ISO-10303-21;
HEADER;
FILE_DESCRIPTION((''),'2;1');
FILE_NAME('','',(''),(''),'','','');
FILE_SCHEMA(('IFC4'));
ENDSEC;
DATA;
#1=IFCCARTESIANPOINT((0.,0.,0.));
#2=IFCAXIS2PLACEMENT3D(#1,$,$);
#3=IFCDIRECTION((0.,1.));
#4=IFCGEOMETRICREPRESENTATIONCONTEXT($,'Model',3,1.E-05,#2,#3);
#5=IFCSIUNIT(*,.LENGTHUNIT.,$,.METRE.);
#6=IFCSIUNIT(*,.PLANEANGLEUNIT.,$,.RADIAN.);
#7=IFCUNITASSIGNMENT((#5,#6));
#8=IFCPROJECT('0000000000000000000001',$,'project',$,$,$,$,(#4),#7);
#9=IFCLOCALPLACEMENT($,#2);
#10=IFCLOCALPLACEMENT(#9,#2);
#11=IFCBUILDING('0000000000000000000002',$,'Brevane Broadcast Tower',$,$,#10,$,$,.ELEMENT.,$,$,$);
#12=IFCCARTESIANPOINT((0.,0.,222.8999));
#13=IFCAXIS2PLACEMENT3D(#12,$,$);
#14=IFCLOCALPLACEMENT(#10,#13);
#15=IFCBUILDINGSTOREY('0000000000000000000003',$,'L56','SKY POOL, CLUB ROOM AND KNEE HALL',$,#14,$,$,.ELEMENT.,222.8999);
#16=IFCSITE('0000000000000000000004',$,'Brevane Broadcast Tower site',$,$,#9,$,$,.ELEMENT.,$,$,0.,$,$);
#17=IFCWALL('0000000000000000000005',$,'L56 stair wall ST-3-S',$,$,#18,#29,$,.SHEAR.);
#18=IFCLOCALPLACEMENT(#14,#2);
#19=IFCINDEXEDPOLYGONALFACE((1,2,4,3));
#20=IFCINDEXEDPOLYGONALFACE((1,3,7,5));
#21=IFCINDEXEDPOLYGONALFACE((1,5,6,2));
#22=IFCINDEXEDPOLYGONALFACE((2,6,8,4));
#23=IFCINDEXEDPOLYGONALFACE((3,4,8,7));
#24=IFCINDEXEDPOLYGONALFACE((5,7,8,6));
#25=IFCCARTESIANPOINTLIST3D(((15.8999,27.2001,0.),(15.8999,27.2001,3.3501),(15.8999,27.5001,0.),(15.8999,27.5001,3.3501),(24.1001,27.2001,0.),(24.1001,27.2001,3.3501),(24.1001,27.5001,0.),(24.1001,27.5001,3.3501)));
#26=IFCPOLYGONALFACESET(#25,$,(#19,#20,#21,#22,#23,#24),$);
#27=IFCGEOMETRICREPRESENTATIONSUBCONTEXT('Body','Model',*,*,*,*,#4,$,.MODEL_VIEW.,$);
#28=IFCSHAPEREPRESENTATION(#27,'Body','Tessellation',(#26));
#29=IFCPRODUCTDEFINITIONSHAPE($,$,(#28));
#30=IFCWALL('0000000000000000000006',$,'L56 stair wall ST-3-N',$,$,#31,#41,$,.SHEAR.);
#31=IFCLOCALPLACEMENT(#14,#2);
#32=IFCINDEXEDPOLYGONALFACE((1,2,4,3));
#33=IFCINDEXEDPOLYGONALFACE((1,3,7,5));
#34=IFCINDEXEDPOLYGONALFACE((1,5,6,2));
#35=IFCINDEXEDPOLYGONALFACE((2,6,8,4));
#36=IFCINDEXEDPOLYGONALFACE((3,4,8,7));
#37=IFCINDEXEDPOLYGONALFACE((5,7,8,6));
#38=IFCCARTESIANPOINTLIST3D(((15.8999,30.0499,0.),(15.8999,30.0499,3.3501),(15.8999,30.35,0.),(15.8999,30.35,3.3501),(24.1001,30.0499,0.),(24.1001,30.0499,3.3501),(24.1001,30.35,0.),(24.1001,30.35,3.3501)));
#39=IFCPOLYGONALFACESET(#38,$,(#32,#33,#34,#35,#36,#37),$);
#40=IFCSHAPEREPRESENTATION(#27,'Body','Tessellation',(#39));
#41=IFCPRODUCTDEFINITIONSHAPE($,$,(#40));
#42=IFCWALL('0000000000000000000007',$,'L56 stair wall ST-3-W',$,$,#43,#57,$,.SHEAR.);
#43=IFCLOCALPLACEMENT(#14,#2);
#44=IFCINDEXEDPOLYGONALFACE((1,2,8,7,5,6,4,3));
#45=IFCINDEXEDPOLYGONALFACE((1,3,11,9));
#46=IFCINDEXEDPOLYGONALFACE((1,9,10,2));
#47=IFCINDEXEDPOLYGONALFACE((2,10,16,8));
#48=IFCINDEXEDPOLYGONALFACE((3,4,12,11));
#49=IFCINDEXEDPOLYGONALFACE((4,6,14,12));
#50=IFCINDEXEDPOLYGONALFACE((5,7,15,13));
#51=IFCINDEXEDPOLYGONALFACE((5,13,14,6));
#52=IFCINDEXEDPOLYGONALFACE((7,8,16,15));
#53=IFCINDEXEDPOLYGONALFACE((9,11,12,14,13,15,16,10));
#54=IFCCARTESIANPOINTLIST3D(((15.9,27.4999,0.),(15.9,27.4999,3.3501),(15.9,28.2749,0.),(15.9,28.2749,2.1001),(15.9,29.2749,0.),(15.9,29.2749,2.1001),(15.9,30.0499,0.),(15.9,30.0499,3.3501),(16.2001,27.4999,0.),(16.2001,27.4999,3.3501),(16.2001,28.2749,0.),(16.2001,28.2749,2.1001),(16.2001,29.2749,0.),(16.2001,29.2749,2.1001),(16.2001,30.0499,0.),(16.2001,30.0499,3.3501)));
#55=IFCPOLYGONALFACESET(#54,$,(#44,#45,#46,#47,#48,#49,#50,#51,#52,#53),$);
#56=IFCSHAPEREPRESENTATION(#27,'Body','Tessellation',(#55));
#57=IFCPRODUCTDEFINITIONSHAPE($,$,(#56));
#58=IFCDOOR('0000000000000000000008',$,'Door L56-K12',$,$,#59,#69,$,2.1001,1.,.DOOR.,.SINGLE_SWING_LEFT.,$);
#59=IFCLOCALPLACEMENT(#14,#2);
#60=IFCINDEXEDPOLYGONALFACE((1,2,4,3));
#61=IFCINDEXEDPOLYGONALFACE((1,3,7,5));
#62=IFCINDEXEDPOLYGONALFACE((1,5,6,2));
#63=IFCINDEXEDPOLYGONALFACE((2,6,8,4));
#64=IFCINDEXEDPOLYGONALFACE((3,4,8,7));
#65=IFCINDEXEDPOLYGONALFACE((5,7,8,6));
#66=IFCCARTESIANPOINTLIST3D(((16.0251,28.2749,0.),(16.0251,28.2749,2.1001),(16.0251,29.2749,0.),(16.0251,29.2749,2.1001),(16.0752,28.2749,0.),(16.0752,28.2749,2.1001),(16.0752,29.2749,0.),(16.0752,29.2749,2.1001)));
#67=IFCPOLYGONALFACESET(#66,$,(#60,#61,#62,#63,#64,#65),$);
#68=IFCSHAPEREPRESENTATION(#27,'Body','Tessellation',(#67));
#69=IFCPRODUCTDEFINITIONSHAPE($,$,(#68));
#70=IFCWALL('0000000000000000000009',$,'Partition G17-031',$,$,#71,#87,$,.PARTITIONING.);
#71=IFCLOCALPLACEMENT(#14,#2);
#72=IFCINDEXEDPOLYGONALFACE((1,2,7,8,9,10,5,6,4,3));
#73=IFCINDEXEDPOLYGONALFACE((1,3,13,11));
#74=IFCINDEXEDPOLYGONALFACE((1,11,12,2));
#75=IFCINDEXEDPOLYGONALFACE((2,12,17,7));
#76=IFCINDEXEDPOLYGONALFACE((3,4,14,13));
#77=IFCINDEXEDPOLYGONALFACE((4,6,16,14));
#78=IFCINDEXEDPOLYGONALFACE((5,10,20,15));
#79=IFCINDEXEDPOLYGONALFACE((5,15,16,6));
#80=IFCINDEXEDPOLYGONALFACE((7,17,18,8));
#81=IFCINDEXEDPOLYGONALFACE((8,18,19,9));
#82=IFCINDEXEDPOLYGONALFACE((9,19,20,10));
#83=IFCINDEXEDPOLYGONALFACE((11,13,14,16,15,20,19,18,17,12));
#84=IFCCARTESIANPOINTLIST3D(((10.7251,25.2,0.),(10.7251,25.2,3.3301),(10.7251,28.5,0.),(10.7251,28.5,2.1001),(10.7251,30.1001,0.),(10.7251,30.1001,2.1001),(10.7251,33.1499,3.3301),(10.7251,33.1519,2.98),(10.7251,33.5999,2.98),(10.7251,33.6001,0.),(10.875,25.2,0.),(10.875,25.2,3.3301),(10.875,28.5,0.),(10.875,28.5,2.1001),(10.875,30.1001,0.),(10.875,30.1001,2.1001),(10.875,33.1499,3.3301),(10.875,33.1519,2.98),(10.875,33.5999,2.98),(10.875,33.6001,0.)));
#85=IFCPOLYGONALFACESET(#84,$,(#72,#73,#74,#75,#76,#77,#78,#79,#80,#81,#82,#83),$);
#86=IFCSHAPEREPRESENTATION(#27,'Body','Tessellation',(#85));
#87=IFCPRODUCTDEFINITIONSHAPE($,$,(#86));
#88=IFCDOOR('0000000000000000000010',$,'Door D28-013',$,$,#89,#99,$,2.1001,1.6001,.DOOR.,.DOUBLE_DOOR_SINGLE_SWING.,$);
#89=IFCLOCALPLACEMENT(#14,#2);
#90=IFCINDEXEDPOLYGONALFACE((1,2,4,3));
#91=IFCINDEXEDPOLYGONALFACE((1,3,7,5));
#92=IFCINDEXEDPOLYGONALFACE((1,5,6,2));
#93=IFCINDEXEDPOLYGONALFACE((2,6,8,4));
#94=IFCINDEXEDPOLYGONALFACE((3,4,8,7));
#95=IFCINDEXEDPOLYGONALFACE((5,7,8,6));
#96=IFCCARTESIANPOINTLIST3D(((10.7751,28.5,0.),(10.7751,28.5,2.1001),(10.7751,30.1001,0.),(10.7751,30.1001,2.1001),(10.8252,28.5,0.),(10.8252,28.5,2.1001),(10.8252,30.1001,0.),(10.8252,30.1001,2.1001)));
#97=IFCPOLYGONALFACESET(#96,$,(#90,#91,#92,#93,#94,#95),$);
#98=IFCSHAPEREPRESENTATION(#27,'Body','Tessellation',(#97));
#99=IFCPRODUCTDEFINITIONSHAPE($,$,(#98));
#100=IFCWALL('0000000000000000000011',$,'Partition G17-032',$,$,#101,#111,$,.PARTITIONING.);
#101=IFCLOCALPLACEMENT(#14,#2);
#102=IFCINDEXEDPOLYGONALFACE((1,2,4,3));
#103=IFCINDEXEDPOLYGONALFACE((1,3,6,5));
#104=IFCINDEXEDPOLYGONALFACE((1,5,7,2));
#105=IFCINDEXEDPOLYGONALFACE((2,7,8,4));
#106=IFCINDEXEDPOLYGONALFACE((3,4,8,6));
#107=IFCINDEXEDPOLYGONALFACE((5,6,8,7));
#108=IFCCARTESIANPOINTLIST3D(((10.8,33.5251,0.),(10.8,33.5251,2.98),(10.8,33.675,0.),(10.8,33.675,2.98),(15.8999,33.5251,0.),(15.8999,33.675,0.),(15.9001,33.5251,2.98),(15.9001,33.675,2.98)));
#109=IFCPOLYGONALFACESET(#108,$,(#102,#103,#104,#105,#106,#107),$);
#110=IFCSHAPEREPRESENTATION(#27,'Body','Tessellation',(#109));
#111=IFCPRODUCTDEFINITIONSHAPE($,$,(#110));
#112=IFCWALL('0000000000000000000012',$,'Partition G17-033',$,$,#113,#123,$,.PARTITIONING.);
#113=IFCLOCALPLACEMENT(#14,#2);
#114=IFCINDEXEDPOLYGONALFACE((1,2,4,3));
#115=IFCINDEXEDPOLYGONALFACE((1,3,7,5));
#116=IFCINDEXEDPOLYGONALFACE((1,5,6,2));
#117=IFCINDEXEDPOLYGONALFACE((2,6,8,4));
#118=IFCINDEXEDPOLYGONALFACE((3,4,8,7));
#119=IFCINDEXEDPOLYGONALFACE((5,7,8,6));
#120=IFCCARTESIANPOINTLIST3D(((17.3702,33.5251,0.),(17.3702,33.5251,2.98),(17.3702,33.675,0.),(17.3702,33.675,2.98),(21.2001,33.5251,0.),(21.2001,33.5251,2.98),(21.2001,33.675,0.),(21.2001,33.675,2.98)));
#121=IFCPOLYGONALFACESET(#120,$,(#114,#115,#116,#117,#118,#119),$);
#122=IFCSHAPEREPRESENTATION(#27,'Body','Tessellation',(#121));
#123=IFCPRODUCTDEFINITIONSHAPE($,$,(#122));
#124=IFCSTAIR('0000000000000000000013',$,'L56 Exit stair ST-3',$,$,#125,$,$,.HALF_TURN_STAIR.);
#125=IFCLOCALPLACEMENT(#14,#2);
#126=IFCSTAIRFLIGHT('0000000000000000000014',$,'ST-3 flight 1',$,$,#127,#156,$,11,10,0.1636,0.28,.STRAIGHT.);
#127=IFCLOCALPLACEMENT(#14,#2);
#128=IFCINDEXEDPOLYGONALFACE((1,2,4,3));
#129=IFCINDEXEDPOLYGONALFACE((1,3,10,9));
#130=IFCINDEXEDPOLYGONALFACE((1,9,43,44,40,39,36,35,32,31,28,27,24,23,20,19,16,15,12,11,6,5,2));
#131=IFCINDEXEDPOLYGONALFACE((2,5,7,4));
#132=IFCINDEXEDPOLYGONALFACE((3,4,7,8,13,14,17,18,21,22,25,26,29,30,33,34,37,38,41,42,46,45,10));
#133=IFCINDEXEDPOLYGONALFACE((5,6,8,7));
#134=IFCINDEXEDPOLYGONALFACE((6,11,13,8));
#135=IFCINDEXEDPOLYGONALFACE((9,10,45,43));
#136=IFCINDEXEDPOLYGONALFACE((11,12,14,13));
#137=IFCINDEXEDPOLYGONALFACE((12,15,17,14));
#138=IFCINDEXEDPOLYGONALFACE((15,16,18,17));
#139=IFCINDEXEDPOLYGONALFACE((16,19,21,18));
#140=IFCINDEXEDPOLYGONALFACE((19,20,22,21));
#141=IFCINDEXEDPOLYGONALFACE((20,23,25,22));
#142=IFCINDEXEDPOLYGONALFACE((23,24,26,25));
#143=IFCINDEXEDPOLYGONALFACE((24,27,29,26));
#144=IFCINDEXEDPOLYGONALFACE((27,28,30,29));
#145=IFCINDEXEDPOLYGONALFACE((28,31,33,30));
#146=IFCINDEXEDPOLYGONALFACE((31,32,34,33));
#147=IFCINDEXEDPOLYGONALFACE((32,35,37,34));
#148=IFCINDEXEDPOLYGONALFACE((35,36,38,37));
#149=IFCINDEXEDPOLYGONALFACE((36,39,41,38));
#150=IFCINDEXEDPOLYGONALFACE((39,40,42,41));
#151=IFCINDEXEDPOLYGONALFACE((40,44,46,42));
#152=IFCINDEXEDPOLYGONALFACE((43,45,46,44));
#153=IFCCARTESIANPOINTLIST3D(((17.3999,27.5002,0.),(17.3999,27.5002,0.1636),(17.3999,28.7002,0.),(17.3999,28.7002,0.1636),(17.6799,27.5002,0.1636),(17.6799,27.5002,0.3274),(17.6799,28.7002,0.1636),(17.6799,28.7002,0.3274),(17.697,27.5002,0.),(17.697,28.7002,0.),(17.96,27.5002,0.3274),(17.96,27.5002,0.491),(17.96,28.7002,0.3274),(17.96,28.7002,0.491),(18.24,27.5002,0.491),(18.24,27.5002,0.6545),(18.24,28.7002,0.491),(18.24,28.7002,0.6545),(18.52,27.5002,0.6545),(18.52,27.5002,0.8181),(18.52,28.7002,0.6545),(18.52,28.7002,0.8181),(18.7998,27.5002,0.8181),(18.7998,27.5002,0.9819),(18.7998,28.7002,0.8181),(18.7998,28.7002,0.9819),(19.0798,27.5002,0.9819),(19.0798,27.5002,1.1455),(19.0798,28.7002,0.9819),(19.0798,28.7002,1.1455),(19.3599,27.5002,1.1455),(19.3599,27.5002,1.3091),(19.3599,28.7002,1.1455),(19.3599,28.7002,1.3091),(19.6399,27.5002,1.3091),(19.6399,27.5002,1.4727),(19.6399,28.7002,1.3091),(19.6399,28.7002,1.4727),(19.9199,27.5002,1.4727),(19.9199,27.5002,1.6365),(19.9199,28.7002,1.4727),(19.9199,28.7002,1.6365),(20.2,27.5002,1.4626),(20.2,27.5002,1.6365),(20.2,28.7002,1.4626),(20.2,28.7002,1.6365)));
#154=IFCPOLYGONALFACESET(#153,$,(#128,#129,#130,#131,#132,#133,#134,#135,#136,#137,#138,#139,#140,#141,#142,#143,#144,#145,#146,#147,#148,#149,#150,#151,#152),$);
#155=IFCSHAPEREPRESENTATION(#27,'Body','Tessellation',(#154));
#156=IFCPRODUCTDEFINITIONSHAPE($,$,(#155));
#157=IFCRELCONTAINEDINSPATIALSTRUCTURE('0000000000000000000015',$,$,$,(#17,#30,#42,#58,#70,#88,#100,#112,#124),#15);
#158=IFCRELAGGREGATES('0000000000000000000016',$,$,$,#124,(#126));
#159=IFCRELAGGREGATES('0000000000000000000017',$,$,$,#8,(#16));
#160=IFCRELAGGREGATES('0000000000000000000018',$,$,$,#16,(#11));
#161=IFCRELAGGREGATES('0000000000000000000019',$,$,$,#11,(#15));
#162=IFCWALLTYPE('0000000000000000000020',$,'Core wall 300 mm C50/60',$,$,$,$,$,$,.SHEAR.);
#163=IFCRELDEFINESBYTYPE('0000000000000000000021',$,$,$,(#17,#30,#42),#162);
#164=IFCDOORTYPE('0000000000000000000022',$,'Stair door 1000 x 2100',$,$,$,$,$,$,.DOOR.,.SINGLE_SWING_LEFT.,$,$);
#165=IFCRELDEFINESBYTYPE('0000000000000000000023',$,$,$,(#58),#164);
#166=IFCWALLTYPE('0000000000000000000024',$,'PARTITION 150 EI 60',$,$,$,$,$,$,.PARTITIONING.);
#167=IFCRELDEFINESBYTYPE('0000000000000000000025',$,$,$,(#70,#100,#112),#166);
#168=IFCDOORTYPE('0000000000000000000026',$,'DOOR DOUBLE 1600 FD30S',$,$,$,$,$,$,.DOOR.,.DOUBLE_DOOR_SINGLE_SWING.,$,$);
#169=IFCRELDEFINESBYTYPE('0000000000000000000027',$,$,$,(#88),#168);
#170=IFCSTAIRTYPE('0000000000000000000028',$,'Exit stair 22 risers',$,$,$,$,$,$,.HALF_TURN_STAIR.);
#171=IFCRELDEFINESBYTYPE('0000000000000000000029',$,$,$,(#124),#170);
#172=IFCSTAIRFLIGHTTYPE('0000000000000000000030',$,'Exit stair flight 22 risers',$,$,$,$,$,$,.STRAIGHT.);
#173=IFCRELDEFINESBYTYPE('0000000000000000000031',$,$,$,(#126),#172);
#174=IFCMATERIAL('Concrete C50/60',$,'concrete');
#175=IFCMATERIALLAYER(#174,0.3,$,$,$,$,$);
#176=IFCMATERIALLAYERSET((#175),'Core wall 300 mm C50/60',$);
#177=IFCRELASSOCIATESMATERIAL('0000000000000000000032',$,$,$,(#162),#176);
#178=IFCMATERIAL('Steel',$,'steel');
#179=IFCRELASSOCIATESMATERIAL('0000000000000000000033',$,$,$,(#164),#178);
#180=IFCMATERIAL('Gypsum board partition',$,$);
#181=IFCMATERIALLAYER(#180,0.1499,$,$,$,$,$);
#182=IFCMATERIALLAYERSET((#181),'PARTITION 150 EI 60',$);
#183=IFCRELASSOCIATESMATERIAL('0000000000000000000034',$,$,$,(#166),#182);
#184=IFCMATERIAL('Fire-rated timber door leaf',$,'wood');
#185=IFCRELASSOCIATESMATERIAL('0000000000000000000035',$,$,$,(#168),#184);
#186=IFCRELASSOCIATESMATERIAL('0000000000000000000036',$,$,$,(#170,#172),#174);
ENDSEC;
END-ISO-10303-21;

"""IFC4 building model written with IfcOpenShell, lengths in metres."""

from ifc_helpers import new_model, si_unit, direction, frame, frame_2d, origin, place, context, subcontext, project, spatial, polyline, rectangle, outline, extrude, material, layer, layer_set, type_object, element, fill, aggregate, save


model = new_model("IFC4")

# Units and contexts
model_context = context("Model", 3, precision=1e-05, world=origin(), true_north=direction((0.0, 1.0)))
body_context = subcontext(model_context, "Body", "Model", "MODEL_VIEW")
ifc_project = project(units=[si_unit("LENGTHUNIT", "METRE"), si_unit("PLANEANGLEUNIT", "RADIAN")], contexts=[model_context])

# Site, building, storey
site_placement = place(None, origin())
site = spatial("IfcSite", under=ifc_project, at=site_placement, Name="Brevane Broadcast Tower site", CompositionType="ELEMENT", RefElevation=0.0)
building_placement = place(site_placement, origin())
building = spatial("IfcBuilding", under=site, at=building_placement, Name="Brevane Broadcast Tower", CompositionType="ELEMENT")
storey_placement = place(building_placement, frame((0.0, 0.0, 222.8999)))
storey = spatial("IfcBuildingStorey", under=building, at=storey_placement, Name="L56", Description="SKY POOL, CLUB ROOM AND KNEE HALL", CompositionType="ELEMENT", Elevation=222.8999)

# Shared definitions
ifc_material_1 = material(Name="Concrete C50/60", Category="concrete")

# Shared definitions
ifc_layer_1 = layer(ifc_material_1, 0.3)
ifc_layer_set_1 = layer_set([ifc_layer_1], Name="Core wall 300 mm C50/60")
wall_type_1 = type_object("IfcWallType", Name="Core wall 300 mm C50/60", PredefinedType="SHEAR", material=ifc_layer_set_1)
ifc_material_2 = material(Name="Steel", Category="steel")
door_type_1 = type_object("IfcDoorType", Name="Stair door 1000 x 2100", OperationType="SINGLE_SWING_LEFT", PredefinedType="DOOR", material=ifc_material_2)

# Walls
for number, where, z_axis, x_axis, name in (
    (1, (15.8999, 27.3501, 0.0), (0.0, 0.0, 1.0), (1.0, 0.0, 0.0), "L56 stair wall ST-3-S"),
    (2, (15.8999, 30.2, 0.0), (0.0, 0.0, 1.0), (1.0, 0.0, 0.0), "L56 stair wall ST-3-N"),
):
    element("IfcWall", number, at=place(storey_placement, frame(where, z_axis=z_axis, x_axis=x_axis)), inside=storey, type_object=wall_type_1, Name=name, PredefinedType="SHEAR", context=body_context, shape_type="SweptSolid", body=[
        extrude(rectangle(XDim=8.2002, YDim=0.3, at=frame_2d((4.1001, 0.0))), origin(), (0.0, 0.0, 1.0), 3.3501),
    ])

# Walls, openings, doors
wall_1_placement = place(storey_placement, frame((16.05, 27.5, 0.0), z_axis=(0.0, 0.0, 1.0), x_axis=(0.0, 1.0, 0.0)))
wall_1 = element("IfcWall", 3, at=wall_1_placement, inside=storey, type_object=wall_type_1, Name="L56 stair wall ST-3-W", PredefinedType="SHEAR", context=body_context, shape_type="SweptSolid", body=[
    extrude(rectangle(XDim=2.55, YDim=0.3, at=frame_2d((1.2749, 0.0))), origin(), (0.0, 0.0, 1.0), 3.3501),
])
opening_1_placement = place(wall_1_placement, frame((0.7749, 0.0, 0.0)))
opening_1 = element("IfcOpeningElement", 4, at=opening_1_placement, cuts=wall_1, PredefinedType="OPENING", context=body_context, shape_type="SweptSolid", body=[
    extrude(rectangle(XDim=1.0, YDim=2.1001, at=frame_2d((0.5, 1.05))), frame((0.0, 0.1599, 0.0), z_axis=(0.0, -1.0, 0.0), x_axis=(1.0, 0.0, 0.0)), (0.0, 0.0, 1.0), 0.3201),
])
door_1_placement = place(opening_1_placement, origin())
door_1 = element("IfcDoor", 5, at=door_1_placement, inside=storey, type_object=door_type_1, Name="Door L56-K12", OperationType="SINGLE_SWING_LEFT", OverallHeight=2.1001, OverallWidth=1.0, PredefinedType="DOOR", context=body_context, shape_type="SweptSolid", body=[
    extrude(rectangle(XDim=1.0, YDim=2.1001, at=frame_2d((0.5, 1.05))), frame((0.0, 0.0249, 0.0), z_axis=(0.0, -1.0, 0.0), x_axis=(1.0, 0.0, 0.0)), (0.0, 0.0, 1.0), 0.05),
])
fill(opening_1, door_1)
ifc_material_3 = material(Name="Gypsum board partition")
ifc_layer_2 = layer(ifc_material_3, 0.1499)
ifc_layer_set_2 = layer_set([ifc_layer_2], Name="PARTITION 150 EI 60")
wall_type_2 = type_object("IfcWallType", Name="PARTITION 150 EI 60", PredefinedType="PARTITIONING", material=ifc_layer_set_2)
wall_2_placement = place(storey_placement, frame((10.8, 25.2, 0.0), z_axis=(0.0, 0.0, 1.0), x_axis=(0.0, 1.0, 0.0)))
wall_2 = element("IfcWall", 6, at=wall_2_placement, inside=storey, type_object=wall_type_2, Name="Partition G17-031", PredefinedType="PARTITIONING", context=body_context, shape_type="SweptSolid", body=[
    extrude(outline(polyline([(0.0, 0.0), (8.4001, 0.0), (8.3999, 2.98), (7.9519, 2.98), (7.95, 3.3301), (0.0, 3.3301), (0.0, 0.0)])), frame((0.0, 0.075, 0.0), z_axis=(0.0, -1.0, 0.0), x_axis=(1.0, 0.0, 0.0)), (0.0, 0.0, 1.0), 0.1499),
])
opening_2_placement = place(wall_2_placement, frame((3.3, 0.0, 0.0)))
opening_2 = element("IfcOpeningElement", 7, at=opening_2_placement, cuts=wall_2, PredefinedType="OPENING", context=body_context, shape_type="SweptSolid", body=[
    extrude(rectangle(XDim=1.6001, YDim=2.1001, at=frame_2d((0.8, 1.05))), frame((0.0, 0.085, 0.0), z_axis=(0.0, -1.0, 0.0), x_axis=(1.0, 0.0, 0.0)), (0.0, 0.0, 1.0), 0.1699),
])
ifc_material_4 = material(Name="Fire-rated timber door leaf", Category="wood")
door_type_2 = type_object("IfcDoorType", Name="DOOR DOUBLE 1600 FD30S", OperationType="DOUBLE_DOOR_SINGLE_SWING", PredefinedType="DOOR", material=ifc_material_4)
door_2_placement = place(opening_2_placement, origin())
door_2 = element("IfcDoor", 8, at=door_2_placement, inside=storey, type_object=door_type_2, Name="Door D28-013", OperationType="DOUBLE_DOOR_SINGLE_SWING", OverallHeight=2.1001, OverallWidth=1.6001, PredefinedType="DOOR", context=body_context, shape_type="SweptSolid", body=[
    extrude(rectangle(XDim=1.6001, YDim=2.1001, at=frame_2d((0.8, 1.05))), frame((0.0, 0.0249, 0.0), z_axis=(0.0, -1.0, 0.0), x_axis=(1.0, 0.0, 0.0)), (0.0, 0.0, 1.0), 0.05),
])
fill(opening_2, door_2)

# Walls
wall_3_placement = place(storey_placement, frame((10.8, 33.6001, 0.0), z_axis=(0.0, 0.0, 1.0), x_axis=(1.0, 0.0, 0.0)))
element("IfcWall", 9, at=wall_3_placement, inside=storey, type_object=wall_type_2, Name="Partition G17-032", PredefinedType="PARTITIONING", context=body_context, shape_type="SweptSolid", body=[
    extrude(outline(polyline([(0.0, 0.0), (5.0999, 0.0), (5.1001, 2.98), (0.0, 2.98), (0.0, 0.0)])), frame((0.0, 0.075, 0.0), z_axis=(0.0, -1.0, 0.0), x_axis=(1.0, 0.0, 0.0)), (0.0, 0.0, 1.0), 0.1499),
])
wall_4_placement = place(storey_placement, frame((17.3701, 33.6001, 0.0), z_axis=(0.0, 0.0, 1.0), x_axis=(1.0, 0.0, 0.0)))
element("IfcWall", 10, at=wall_4_placement, inside=storey, type_object=wall_type_2, Name="Partition G17-033", PredefinedType="PARTITIONING", context=body_context, shape_type="SweptSolid", body=[
    extrude(rectangle(XDim=3.8298, YDim=0.1499, at=frame_2d((1.915, 0.0))), origin(), (0.0, 0.0, 1.0), 2.98),
])

# Stair, stair flight
stair_type = type_object("IfcStairType", Name="Exit stair 22 risers", PredefinedType="HALF_TURN_STAIR", material=ifc_material_1)
stair_placement = place(storey_placement, origin())
stair = element("IfcStair", 11, at=stair_placement, inside=storey, type_object=stair_type, Name="L56 Exit stair ST-3", PredefinedType="HALF_TURN_STAIR")
stair_flight_type = type_object("IfcStairFlightType", Name="Exit stair flight 22 risers", PredefinedType="STRAIGHT", material=ifc_material_1)
stair_flight_placement = place(storey_placement, frame((17.3999, 28.1001, 0.0), z_axis=(0.0, 0.0, 1.0), x_axis=(1.0, 0.0, 0.0)))
stair_flight = element("IfcStairFlight", 12, at=stair_flight_placement, type_object=stair_flight_type, Name="ST-3 flight 1", NumberOfRisers=11, NumberOfTreads=10, PredefinedType="STRAIGHT", RiserHeight=0.1636, TreadLength=0.28, context=body_context, shape_type="SweptSolid", body=[
    extrude(outline(polyline([(0.0, 0.0), (0.0, 0.1636), (0.28, 0.1636), (0.28, 0.3274), (0.5601, 0.3274), (0.5601, 0.491), (0.8401, 0.491), (0.8401, 0.6545), (1.1201, 0.6545), (1.1201, 0.8181), (1.3999, 0.8181), (1.3999, 0.9819), (1.6799, 0.9819), (1.6799, 1.1455), (1.96, 1.1455), (1.96, 1.3091), (2.24, 1.3091), (2.24, 1.4727), (2.52, 1.4727), (2.52, 1.6365), (2.8, 1.6365), (2.8, 1.8), (2.8, 1.4626), (0.2971, 0.0), (0.0, 0.0)])), frame((0.0, 0.6001, 0.0), z_axis=(0.0, -1.0, 0.0), x_axis=(1.0, 0.0, 0.0)), (0.0, 0.0, 1.0), 1.2),
])
aggregate(stair, [stair_flight])

save(model, "model.ifc")
